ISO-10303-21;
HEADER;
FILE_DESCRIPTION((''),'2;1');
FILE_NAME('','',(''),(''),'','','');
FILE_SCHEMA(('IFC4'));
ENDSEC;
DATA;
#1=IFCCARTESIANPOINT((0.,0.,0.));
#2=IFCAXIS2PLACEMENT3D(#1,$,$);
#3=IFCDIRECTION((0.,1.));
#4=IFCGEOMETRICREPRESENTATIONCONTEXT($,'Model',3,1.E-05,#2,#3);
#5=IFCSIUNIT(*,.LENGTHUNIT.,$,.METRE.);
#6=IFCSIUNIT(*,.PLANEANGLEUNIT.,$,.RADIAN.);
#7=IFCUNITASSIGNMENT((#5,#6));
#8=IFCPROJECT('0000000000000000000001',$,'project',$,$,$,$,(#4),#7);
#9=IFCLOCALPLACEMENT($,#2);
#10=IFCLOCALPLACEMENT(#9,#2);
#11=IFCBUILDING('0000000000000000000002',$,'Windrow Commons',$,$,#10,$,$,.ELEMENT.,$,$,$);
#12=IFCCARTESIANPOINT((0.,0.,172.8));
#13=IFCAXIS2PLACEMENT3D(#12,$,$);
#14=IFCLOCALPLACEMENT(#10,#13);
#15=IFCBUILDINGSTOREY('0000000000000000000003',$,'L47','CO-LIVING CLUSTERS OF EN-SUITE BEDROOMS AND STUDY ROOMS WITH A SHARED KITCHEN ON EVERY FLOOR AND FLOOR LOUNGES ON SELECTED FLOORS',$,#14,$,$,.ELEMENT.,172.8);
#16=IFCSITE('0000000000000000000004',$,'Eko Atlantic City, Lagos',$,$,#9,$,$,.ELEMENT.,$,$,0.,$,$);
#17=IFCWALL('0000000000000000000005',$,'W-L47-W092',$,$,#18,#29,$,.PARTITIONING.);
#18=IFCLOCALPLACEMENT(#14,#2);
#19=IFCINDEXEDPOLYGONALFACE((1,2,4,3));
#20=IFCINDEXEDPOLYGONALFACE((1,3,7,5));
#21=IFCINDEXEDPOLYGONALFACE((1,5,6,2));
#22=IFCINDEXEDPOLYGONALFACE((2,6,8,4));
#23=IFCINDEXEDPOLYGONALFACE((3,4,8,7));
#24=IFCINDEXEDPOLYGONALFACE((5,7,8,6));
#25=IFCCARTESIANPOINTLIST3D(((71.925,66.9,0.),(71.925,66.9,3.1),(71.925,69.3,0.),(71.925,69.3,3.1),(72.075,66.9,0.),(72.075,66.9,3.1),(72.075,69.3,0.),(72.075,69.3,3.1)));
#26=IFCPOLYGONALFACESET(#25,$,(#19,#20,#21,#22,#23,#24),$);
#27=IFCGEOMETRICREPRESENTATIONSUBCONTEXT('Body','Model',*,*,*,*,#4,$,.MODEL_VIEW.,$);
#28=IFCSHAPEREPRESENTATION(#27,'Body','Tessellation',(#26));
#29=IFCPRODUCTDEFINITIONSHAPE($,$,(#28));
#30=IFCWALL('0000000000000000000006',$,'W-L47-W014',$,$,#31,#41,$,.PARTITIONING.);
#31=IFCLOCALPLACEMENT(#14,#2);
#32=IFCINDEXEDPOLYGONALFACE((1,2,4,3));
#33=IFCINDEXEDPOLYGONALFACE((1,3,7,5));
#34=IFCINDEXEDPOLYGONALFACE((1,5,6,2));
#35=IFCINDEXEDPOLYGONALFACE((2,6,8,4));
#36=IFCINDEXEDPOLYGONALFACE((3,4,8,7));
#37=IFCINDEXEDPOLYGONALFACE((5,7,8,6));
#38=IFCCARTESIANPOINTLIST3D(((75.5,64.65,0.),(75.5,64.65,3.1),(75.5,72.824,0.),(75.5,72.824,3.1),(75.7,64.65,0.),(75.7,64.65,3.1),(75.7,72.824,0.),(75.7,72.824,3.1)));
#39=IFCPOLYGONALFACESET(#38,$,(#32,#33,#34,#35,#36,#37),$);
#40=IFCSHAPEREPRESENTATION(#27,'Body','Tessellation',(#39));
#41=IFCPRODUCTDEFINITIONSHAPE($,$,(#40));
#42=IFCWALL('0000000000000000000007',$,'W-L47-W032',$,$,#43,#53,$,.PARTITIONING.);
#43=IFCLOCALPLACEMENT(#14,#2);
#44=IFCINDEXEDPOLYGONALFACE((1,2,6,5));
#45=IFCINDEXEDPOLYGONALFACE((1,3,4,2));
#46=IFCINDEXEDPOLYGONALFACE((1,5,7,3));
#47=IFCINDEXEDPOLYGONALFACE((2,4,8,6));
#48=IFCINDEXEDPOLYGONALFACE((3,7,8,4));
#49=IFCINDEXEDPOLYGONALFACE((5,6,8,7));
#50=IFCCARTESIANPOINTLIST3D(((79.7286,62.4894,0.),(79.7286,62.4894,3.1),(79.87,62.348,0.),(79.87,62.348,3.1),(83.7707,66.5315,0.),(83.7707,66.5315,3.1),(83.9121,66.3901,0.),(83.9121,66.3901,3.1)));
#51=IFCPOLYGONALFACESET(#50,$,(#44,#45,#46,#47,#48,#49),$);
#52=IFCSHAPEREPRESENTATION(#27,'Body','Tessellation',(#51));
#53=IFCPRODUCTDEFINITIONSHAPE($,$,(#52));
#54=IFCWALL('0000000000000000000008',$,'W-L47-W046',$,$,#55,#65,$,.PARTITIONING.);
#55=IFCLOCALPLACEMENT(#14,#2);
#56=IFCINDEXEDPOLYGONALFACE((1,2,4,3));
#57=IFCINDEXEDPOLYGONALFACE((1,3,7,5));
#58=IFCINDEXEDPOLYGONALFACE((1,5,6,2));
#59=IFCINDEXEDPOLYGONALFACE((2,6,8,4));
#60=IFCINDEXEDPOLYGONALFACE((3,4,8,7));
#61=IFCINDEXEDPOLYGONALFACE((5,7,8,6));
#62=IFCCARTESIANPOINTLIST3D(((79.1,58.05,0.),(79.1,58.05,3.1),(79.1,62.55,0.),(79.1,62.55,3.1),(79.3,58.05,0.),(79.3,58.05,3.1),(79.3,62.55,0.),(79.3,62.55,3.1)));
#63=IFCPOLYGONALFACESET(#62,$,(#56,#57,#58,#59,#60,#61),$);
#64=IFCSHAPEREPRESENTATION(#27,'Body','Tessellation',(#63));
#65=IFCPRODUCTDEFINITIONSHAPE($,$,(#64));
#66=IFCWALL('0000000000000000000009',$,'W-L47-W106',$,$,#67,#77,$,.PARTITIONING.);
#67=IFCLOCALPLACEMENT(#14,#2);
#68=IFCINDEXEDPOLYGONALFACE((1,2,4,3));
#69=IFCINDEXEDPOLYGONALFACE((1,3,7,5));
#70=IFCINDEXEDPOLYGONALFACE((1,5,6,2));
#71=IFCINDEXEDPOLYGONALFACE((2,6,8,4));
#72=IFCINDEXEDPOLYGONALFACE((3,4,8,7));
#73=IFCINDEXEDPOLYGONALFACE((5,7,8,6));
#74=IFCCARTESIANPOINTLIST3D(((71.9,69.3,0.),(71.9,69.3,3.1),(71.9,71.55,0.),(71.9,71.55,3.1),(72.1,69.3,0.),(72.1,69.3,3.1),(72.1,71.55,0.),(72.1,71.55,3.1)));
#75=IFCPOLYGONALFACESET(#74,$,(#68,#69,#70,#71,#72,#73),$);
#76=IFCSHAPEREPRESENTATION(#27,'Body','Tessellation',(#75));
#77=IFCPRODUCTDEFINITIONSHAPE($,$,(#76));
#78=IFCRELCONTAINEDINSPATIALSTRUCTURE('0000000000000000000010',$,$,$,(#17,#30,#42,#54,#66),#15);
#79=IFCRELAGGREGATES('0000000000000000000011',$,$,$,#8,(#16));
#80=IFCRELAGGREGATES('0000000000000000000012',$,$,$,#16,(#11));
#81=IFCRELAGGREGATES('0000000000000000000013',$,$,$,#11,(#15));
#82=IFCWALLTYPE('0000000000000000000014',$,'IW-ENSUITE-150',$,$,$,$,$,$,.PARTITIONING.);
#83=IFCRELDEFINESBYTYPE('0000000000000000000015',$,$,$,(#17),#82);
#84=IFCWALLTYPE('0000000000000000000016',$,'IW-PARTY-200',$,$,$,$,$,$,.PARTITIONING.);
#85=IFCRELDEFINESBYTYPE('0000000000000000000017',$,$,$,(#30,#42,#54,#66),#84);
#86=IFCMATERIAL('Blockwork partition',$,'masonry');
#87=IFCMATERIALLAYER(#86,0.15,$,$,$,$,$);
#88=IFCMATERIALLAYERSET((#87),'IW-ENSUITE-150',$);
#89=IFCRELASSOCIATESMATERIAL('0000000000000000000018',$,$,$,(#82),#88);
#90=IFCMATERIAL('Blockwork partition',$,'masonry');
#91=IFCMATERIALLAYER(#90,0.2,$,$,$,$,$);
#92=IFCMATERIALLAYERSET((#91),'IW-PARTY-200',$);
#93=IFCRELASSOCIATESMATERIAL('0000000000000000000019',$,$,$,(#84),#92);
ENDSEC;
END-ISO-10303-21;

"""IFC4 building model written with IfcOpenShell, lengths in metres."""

from ifc_helpers import new_model, si_unit, direction, frame, frame_2d, origin, place, context, subcontext, project, spatial, rectangle, extrude, material, layer, layer_set, type_object, element, save


model = new_model("IFC4")

# Units and contexts
model_context = context("Model", 3, precision=1e-05, world=origin(), true_north=direction((0.0, 1.0)))
body_context = subcontext(model_context, "Body", "Model", "MODEL_VIEW")
ifc_project = project(units=[si_unit("LENGTHUNIT", "METRE"), si_unit("PLANEANGLEUNIT", "RADIAN")], contexts=[model_context])

# Site, building, storey
site_placement = place(None, origin())
site = spatial("IfcSite", under=ifc_project, at=site_placement, Name="Eko Atlantic City, Lagos", CompositionType="ELEMENT", RefElevation=0.0)
building_placement = place(site_placement, origin())
building = spatial("IfcBuilding", under=site, at=building_placement, Name="Windrow Commons", CompositionType="ELEMENT")
storey_placement = place(building_placement, frame((0.0, 0.0, 172.8)))
storey = spatial("IfcBuildingStorey", under=building, at=storey_placement, Name="L47", Description="CO-LIVING CLUSTERS OF EN-SUITE BEDROOMS AND STUDY ROOMS WITH A SHARED KITCHEN ON EVERY FLOOR AND FLOOR LOUNGES ON SELECTED FLOORS", CompositionType="ELEMENT", Elevation=172.8)

# Walls
ifc_material_1 = material(Name="Blockwork partition", Category="masonry")
ifc_layer_1 = layer(ifc_material_1, 0.15)
ifc_layer_set_1 = layer_set([ifc_layer_1], Name="IW-ENSUITE-150")
wall_type_1 = type_object("IfcWallType", Name="IW-ENSUITE-150", PredefinedType="PARTITIONING", material=ifc_layer_set_1)
wall_1_placement = place(storey_placement, frame((72.0, 66.9, 0.0), z_axis=(0.0, 0.0, 1.0), x_axis=(0.0, 1.0, 0.0)))
element("IfcWall", 1, at=wall_1_placement, inside=storey, type_object=wall_type_1, Name="W-L47-W092", PredefinedType="PARTITIONING", context=body_context, shape_type="SweptSolid", body=[
    extrude(rectangle(XDim=2.4, YDim=0.15, at=frame_2d((1.2, 0.0))), origin(), (0.0, 0.0, 1.0), 3.1),
])
ifc_material_2 = material(Name="Blockwork partition", Category="masonry")
ifc_layer_2 = layer(ifc_material_2, 0.2)
ifc_layer_set_2 = layer_set([ifc_layer_2], Name="IW-PARTY-200")
wall_type_2 = type_object("IfcWallType", Name="IW-PARTY-200", PredefinedType="PARTITIONING", material=ifc_layer_set_2)
wall_2_placement = place(storey_placement, frame((75.6, 64.65, 0.0), z_axis=(0.0, 0.0, 1.0), x_axis=(0.0, 1.0, 0.0)))
element("IfcWall", 2, at=wall_2_placement, inside=storey, type_object=wall_type_2, Name="W-L47-W014", PredefinedType="PARTITIONING", context=body_context, shape_type="SweptSolid", body=[
    extrude(rectangle(XDim=8.1741, YDim=0.2, at=frame_2d((4.087, 0.0))), origin(), (0.0, 0.0, 1.0), 3.1),
])
wall_3_placement = place(storey_placement, frame((79.7993, 62.4187, 0.0), z_axis=(0.0, 0.0, 1.0), x_axis=(0.707107, 0.707107, 0.0)))
element("IfcWall", 3, at=wall_3_placement, inside=storey, type_object=wall_type_2, Name="W-L47-W032", PredefinedType="PARTITIONING", context=body_context, shape_type="SweptSolid", body=[
    extrude(rectangle(XDim=5.7163, YDim=0.2, at=frame_2d((2.8582, 0.0))), origin(), (0.0, 0.0, 1.0), 3.1),
])
wall_4_placement = place(storey_placement, frame((79.2, 58.05, 0.0), z_axis=(0.0, 0.0, 1.0), x_axis=(0.0, 1.0, 0.0)))
element("IfcWall", 4, at=wall_4_placement, inside=storey, type_object=wall_type_2, Name="W-L47-W046", PredefinedType="PARTITIONING", context=body_context, shape_type="SweptSolid", body=[
    extrude(rectangle(XDim=4.5, YDim=0.2, at=frame_2d((2.25, 0.0))), origin(), (0.0, 0.0, 1.0), 3.1),
])
wall_5_placement = place(storey_placement, frame((72.0, 69.3, 0.0), z_axis=(0.0, 0.0, 1.0), x_axis=(0.0, 1.0, 0.0)))
element("IfcWall", 5, at=wall_5_placement, inside=storey, type_object=wall_type_2, Name="W-L47-W106", PredefinedType="PARTITIONING", context=body_context, shape_type="SweptSolid", body=[
    extrude(rectangle(XDim=2.25, YDim=0.2, at=frame_2d((1.125, 0.0))), origin(), (0.0, 0.0, 1.0), 3.1),
])

save(model, "model.ifc")
